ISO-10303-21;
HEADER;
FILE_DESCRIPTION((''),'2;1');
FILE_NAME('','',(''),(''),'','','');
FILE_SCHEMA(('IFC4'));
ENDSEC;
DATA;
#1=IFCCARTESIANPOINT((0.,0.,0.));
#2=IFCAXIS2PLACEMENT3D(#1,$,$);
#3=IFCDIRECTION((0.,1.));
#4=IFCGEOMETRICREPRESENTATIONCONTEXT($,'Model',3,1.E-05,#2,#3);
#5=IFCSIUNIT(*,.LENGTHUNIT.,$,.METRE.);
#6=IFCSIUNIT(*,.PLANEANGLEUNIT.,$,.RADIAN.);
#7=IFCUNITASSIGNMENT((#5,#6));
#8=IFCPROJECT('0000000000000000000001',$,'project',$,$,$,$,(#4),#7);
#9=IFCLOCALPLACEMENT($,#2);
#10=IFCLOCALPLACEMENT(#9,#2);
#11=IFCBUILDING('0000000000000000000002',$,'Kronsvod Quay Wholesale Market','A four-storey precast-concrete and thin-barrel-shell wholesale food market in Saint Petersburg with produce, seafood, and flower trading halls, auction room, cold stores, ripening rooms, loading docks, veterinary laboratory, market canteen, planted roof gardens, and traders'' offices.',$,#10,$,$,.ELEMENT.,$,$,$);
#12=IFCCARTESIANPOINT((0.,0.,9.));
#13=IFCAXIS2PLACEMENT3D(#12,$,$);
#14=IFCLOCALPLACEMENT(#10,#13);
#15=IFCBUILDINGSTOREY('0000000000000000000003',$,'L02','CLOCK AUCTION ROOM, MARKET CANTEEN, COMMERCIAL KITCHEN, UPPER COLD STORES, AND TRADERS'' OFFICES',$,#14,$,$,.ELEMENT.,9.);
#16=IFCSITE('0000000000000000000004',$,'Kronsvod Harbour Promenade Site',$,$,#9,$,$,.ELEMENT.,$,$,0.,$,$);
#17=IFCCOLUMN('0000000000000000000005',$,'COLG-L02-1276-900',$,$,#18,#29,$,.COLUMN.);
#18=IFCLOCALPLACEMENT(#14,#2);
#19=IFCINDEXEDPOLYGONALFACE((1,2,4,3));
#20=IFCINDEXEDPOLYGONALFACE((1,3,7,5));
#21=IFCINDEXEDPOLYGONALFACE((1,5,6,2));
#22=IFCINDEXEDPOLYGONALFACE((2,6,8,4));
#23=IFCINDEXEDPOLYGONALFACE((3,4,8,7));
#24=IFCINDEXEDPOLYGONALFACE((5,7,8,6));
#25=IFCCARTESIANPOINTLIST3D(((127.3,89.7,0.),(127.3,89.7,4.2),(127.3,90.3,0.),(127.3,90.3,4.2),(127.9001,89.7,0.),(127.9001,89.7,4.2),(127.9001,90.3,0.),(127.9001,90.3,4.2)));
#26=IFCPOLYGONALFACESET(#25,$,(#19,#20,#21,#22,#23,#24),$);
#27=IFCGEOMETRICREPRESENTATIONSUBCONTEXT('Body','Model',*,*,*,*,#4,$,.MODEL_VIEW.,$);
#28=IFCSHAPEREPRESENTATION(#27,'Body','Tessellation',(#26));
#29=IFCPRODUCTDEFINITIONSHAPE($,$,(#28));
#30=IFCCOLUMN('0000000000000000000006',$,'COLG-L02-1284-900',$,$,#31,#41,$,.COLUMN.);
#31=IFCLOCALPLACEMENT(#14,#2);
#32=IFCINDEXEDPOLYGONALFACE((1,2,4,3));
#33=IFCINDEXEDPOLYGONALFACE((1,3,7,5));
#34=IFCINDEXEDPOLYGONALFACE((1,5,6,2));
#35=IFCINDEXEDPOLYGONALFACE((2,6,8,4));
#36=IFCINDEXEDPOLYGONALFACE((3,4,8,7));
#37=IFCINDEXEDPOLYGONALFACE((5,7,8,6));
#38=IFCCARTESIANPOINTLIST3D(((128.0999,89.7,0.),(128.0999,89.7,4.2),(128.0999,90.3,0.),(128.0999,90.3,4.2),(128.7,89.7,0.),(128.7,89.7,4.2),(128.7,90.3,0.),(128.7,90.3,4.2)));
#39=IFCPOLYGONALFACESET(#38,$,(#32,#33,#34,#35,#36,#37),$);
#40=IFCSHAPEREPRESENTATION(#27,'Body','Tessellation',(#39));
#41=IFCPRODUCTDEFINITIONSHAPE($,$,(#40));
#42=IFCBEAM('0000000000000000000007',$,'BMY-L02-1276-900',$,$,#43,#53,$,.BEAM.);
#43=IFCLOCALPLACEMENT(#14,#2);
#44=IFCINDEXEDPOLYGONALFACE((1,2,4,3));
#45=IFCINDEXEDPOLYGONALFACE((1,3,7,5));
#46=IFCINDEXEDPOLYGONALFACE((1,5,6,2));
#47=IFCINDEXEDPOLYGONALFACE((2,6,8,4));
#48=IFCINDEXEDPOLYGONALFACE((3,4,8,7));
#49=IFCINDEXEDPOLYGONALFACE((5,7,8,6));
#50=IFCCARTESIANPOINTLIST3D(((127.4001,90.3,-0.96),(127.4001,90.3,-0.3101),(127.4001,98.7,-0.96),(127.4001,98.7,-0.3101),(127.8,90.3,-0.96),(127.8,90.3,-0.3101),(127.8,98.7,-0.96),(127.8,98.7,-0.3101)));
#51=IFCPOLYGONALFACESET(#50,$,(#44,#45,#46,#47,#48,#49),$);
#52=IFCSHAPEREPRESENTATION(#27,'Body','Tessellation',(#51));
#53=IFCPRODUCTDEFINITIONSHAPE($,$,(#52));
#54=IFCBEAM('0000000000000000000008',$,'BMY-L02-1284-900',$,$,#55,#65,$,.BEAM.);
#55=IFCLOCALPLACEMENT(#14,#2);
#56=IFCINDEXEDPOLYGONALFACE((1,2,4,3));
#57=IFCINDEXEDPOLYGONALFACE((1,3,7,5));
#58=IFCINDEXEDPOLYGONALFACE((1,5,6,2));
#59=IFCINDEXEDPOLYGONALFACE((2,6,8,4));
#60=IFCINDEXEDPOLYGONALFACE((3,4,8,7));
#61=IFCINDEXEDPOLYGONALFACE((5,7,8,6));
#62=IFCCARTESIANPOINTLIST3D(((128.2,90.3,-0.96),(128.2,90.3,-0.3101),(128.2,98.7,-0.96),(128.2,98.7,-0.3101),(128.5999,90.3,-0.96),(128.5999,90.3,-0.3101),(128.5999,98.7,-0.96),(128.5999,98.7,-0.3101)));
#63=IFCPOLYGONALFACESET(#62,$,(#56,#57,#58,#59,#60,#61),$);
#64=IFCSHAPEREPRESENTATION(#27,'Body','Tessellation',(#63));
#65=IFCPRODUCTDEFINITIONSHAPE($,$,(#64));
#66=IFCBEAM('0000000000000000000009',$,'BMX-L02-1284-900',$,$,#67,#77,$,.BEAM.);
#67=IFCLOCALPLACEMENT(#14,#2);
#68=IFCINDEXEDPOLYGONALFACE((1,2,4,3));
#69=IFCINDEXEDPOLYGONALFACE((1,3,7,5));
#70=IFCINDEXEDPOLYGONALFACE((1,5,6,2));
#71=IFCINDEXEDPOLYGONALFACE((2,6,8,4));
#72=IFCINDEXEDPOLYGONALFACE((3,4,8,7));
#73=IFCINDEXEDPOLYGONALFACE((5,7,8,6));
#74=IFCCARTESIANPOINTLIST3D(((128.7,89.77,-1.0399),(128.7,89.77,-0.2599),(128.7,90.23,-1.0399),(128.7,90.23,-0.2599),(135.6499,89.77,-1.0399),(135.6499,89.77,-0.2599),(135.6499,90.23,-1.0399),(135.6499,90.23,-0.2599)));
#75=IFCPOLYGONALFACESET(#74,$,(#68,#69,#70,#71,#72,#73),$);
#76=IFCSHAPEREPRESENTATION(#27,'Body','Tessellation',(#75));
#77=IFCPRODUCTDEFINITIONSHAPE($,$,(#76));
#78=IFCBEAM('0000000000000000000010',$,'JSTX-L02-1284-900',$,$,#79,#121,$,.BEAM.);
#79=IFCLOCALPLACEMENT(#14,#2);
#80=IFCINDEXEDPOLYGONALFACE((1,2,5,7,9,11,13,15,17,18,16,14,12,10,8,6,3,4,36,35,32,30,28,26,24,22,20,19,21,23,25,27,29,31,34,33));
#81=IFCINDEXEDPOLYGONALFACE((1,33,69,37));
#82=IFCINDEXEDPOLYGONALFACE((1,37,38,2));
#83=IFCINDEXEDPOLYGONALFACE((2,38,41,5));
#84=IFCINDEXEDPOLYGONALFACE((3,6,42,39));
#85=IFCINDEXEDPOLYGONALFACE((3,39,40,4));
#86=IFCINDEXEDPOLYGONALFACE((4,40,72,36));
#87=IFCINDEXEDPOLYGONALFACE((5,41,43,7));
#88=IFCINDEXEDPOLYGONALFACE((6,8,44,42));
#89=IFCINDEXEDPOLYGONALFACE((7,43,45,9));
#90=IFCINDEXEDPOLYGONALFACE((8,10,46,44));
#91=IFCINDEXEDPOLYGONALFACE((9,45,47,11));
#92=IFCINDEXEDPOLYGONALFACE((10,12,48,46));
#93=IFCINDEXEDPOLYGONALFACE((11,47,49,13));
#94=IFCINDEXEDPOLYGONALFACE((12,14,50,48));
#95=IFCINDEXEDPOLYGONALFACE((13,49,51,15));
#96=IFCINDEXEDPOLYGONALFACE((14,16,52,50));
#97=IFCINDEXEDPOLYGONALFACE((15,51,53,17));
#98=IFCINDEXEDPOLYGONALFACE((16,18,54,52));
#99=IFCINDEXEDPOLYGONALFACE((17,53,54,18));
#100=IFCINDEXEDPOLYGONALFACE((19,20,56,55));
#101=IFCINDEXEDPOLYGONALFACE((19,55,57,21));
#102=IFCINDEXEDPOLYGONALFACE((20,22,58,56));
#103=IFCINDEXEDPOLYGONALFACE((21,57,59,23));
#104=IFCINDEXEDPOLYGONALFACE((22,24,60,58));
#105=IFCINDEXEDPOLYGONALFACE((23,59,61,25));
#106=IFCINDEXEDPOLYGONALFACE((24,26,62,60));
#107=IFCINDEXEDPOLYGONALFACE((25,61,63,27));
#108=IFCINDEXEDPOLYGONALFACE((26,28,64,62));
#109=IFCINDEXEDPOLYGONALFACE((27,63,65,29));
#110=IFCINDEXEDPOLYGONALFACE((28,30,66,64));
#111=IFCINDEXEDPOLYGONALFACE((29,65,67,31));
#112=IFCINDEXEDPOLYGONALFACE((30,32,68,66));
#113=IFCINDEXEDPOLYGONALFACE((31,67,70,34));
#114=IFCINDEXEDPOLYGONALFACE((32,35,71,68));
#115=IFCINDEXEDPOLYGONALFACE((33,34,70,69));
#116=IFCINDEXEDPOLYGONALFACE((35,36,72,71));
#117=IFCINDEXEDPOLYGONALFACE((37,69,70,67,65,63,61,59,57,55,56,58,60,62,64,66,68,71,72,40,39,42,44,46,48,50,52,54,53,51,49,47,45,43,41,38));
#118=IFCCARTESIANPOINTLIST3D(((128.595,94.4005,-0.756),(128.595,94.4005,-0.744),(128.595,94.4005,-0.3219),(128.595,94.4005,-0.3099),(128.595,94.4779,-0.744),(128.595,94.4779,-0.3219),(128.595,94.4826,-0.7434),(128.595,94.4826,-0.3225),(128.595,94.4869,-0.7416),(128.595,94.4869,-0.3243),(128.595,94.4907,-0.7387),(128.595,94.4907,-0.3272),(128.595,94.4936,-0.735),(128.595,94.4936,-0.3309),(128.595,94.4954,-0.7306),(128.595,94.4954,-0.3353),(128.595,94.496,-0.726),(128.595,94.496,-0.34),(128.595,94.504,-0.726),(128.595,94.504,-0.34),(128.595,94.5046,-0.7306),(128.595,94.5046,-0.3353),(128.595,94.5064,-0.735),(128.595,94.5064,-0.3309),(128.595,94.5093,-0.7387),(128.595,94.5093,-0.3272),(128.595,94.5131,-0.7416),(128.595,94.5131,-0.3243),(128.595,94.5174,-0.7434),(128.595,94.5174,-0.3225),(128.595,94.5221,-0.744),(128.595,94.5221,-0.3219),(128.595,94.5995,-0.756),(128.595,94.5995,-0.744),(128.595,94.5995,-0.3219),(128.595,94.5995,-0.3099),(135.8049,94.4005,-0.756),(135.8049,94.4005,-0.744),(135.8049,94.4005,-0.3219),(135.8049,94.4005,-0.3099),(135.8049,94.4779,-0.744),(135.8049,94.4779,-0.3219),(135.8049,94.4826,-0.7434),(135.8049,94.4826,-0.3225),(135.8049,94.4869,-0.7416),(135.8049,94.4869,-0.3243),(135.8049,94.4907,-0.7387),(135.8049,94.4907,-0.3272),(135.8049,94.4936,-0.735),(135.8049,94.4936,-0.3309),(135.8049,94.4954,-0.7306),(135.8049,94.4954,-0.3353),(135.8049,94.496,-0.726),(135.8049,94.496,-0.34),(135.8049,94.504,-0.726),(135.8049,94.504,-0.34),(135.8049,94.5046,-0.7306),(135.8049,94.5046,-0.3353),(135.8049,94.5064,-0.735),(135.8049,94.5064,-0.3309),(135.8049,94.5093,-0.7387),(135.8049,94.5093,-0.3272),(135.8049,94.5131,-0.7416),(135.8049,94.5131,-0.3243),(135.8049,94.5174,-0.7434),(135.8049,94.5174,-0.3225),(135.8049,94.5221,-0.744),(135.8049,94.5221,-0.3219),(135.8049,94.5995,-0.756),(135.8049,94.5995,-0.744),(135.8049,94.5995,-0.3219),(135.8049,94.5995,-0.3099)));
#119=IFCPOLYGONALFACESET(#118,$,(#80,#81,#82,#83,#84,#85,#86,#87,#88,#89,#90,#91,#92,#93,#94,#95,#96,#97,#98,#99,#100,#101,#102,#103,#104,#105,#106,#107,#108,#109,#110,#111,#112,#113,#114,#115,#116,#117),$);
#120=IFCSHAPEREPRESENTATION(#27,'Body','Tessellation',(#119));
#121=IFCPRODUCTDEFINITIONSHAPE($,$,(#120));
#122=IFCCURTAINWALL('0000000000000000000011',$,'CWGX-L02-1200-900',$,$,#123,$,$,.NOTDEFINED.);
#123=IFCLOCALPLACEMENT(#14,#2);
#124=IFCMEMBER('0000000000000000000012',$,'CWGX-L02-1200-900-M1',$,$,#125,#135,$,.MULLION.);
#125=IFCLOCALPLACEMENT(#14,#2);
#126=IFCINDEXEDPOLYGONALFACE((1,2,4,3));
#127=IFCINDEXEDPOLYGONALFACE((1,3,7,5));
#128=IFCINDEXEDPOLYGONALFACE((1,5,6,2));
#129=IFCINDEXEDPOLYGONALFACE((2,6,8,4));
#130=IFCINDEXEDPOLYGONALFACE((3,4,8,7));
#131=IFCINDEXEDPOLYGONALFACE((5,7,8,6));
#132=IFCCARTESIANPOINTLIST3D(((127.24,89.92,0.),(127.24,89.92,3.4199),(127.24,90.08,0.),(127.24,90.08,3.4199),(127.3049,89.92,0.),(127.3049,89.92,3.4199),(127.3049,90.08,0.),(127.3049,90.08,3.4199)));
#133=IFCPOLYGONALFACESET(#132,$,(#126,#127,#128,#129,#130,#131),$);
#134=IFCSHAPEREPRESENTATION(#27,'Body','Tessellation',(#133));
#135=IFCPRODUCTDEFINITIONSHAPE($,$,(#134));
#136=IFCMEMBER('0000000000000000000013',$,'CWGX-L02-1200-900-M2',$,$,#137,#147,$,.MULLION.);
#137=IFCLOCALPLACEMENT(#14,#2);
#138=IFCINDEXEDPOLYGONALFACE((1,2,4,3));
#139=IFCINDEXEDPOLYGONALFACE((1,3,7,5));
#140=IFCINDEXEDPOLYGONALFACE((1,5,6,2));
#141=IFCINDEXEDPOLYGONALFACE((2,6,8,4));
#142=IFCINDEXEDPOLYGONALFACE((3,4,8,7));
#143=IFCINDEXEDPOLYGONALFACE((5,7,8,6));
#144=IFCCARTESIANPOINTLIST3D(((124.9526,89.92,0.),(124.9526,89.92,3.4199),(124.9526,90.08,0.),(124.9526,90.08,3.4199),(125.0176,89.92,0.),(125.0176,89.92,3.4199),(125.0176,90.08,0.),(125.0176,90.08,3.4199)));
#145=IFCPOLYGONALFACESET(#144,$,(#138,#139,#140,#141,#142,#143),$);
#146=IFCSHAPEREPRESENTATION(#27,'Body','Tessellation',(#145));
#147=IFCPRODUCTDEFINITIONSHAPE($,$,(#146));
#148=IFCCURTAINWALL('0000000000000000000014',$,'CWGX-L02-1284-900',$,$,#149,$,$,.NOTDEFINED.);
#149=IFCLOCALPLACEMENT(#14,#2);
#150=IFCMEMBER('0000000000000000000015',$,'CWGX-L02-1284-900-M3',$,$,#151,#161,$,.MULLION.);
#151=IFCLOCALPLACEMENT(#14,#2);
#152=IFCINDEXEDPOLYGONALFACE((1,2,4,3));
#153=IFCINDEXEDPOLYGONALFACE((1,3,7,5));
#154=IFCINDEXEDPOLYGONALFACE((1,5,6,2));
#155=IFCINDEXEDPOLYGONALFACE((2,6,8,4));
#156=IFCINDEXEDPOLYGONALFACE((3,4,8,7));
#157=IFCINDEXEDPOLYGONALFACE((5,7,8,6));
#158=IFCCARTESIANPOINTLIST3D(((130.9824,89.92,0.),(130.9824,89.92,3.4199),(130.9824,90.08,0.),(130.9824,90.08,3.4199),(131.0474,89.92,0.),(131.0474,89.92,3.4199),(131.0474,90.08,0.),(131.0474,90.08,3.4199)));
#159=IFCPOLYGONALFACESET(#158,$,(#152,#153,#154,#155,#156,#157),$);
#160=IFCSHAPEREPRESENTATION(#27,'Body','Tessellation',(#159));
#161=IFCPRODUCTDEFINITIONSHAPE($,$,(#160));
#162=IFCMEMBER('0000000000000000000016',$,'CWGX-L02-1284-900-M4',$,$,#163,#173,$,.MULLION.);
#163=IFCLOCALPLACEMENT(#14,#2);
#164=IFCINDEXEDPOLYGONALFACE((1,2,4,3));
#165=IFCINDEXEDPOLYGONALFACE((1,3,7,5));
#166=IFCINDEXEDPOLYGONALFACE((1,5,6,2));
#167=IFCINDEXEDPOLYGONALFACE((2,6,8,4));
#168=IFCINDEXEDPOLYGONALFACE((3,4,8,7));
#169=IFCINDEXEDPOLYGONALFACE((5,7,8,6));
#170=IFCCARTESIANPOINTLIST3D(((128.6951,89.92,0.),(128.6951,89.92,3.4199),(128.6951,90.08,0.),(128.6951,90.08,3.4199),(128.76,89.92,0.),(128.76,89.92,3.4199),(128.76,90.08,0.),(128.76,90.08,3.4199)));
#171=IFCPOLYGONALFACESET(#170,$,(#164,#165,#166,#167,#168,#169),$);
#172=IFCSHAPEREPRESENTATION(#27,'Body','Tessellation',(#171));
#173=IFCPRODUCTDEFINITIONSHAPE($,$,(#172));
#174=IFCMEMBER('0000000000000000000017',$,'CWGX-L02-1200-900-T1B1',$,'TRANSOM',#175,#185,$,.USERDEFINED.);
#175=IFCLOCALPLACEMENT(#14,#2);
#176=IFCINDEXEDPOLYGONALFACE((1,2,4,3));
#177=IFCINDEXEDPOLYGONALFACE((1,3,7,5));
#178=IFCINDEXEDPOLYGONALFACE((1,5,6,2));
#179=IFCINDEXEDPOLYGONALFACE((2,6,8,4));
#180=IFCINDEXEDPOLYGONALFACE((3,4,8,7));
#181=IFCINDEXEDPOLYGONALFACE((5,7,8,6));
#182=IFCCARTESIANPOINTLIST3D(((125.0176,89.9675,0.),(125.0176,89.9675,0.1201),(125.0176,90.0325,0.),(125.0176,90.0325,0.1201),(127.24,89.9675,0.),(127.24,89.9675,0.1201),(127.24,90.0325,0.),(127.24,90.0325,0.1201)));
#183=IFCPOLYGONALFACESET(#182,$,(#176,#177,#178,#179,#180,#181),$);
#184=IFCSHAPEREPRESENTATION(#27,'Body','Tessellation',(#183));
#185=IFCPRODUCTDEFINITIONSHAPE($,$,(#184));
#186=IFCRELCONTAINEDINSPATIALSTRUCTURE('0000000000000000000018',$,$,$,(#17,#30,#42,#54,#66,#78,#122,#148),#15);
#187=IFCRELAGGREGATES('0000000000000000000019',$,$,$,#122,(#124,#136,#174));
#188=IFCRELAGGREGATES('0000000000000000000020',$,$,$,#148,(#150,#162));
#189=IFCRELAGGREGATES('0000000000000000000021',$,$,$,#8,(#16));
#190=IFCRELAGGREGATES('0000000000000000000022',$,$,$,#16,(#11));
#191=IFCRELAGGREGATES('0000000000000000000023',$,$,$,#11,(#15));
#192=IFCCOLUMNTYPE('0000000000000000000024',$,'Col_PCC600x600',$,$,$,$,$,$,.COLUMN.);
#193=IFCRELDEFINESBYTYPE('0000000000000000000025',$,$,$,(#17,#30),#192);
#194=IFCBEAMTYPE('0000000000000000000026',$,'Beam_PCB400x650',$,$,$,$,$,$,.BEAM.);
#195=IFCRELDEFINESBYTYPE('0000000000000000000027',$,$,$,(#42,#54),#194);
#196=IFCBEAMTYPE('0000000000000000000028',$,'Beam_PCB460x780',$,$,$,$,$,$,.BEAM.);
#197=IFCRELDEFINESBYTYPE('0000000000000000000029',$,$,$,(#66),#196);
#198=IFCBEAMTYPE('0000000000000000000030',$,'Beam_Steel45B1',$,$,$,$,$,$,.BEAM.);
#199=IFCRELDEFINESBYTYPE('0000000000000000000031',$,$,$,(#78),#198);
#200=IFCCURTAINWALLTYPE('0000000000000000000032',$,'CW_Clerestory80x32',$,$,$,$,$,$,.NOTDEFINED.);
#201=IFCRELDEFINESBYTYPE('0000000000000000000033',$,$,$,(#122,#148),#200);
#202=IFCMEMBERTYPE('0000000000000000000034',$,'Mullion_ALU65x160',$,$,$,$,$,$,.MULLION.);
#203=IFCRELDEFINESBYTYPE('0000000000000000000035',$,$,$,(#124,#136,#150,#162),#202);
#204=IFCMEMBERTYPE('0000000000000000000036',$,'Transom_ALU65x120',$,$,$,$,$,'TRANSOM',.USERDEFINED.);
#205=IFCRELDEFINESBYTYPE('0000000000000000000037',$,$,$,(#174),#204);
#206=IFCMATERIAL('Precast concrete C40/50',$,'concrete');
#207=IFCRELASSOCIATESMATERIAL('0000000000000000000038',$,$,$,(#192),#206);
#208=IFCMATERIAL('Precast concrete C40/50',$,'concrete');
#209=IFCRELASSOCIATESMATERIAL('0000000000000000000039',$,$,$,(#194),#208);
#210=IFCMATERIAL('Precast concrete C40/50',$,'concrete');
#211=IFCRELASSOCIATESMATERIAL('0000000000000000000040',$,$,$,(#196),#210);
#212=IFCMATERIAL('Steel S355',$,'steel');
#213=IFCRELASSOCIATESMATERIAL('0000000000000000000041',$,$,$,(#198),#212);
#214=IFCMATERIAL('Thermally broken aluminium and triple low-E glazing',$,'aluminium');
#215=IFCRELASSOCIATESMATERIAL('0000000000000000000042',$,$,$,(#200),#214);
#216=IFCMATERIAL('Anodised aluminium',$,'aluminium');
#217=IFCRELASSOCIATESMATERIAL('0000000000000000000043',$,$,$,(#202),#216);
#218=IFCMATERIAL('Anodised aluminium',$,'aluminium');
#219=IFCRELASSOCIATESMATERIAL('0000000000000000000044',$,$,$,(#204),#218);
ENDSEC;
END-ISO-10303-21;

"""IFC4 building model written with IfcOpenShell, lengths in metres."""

from ifc_helpers import new_model, si_unit, direction, frame, origin, origin_2d, place, context, subcontext, project, spatial, rectangle, i_section, extrude, material, material_profile, profile_set, type_object, element, aggregate, save


model = new_model("IFC4")

# Units and contexts
model_context = context("Model", 3, precision=1e-05, world=origin(), true_north=direction((0.0, 1.0)))
body_context = subcontext(model_context, "Body", "Model", "MODEL_VIEW")
ifc_project = project(units=[si_unit("LENGTHUNIT", "METRE"), si_unit("PLANEANGLEUNIT", "RADIAN")], contexts=[model_context])

# Site, building, storey
site_placement = place(None, origin())
site = spatial("IfcSite", under=ifc_project, at=site_placement, Name="Kronsvod Harbour Promenade Site", CompositionType="ELEMENT", RefElevation=0.0)
building_placement = place(site_placement, origin())
building = spatial("IfcBuilding", under=site, at=building_placement, Name="Kronsvod Quay Wholesale Market", Description="A four-storey precast-concrete and thin-barrel-shell wholesale food market in Saint Petersburg with produce, seafood, and flower trading halls, auction room, cold stores, ripening rooms, loading docks, veterinary laboratory, market canteen, planted roof gardens, and traders' offices.", CompositionType="ELEMENT")
storey_placement = place(building_placement, frame((0.0, 0.0, 9.0)))
storey = spatial("IfcBuildingStorey", under=building, at=storey_placement, Name="L02", Description="CLOCK AUCTION ROOM, MARKET CANTEEN, COMMERCIAL KITCHEN, UPPER COLD STORES, AND TRADERS' OFFICES", CompositionType="ELEMENT", Elevation=9.0)

# Columns
ifc_material_1 = material(Name="Precast concrete C40/50", Category="concrete")
ifc_material_profile_1 = material_profile(ifc_material_1, rectangle(XDim=0.6001, YDim=0.6001, at=origin_2d()), Name="PCC600x600")
ifc_profile_set_1 = profile_set([ifc_material_profile_1], Name="Precast concrete C40/50")
column_type = type_object("IfcColumnType", Name="Col_PCC600x600", PredefinedType="COLUMN", material=ifc_profile_set_1)
for number, where, z_axis, x_axis, name in (
    (1, (127.6001, 90.0, 0.0), (0.0, 0.0, 1.0), (1.0, 0.0, 0.0), "COLG-L02-1276-900"),
    (2, (128.3999, 90.0, 0.0), (0.0, 0.0, 1.0), (1.0, 0.0, 0.0), "COLG-L02-1284-900"),
):
    element("IfcColumn", number, at=place(storey_placement, frame(where, z_axis=z_axis, x_axis=x_axis)), inside=storey, type_object=column_type, Name=name, PredefinedType="COLUMN", context=body_context, shape_type="SweptSolid", body=[
        extrude(rectangle(XDim=0.6001, YDim=0.6001, at=origin_2d()), origin(), (0.0, 0.0, 1.0), 4.2),
    ])

# Beams
ifc_material_2 = material(Name="Precast concrete C40/50", Category="concrete")
ifc_material_profile_2 = material_profile(ifc_material_2, rectangle(XDim=0.3999, YDim=0.6499, at=origin_2d()), Name="PCB400x650")
ifc_profile_set_2 = profile_set([ifc_material_profile_2], Name="Precast concrete C40/50")
beam_type_1 = type_object("IfcBeamType", Name="Beam_PCB400x650", PredefinedType="BEAM", material=ifc_profile_set_2)
for number, where, z_axis, x_axis, name in (
    (3, (127.6001, 90.3, -0.635), (0.0, 1.0, 0.0), (-1.0, 0.0, 0.0), "BMY-L02-1276-900"),
    (4, (128.3999, 90.3, -0.635), (0.0, 1.0, 0.0), (-1.0, 0.0, 0.0), "BMY-L02-1284-900"),
):
    element("IfcBeam", number, at=place(storey_placement, frame(where, z_axis=z_axis, x_axis=x_axis)), inside=storey, type_object=beam_type_1, Name=name, PredefinedType="BEAM", context=body_context, shape_type="SweptSolid", body=[
        extrude(rectangle(XDim=0.3999, YDim=0.6499, at=origin_2d()), origin(), (0.0, 0.0, 1.0), 8.3999),
    ])
ifc_material_3 = material(Name="Precast concrete C40/50", Category="concrete")
ifc_material_profile_3 = material_profile(ifc_material_3, rectangle(XDim=0.46, YDim=0.78, at=origin_2d()), Name="PB-03")
ifc_profile_set_3 = profile_set([ifc_material_profile_3], Name="Precast concrete C40/50")
beam_type_2 = type_object("IfcBeamType", Name="Beam_PCB460x780", PredefinedType="BEAM", material=ifc_profile_set_3)
beam_1_placement = place(storey_placement, frame((128.7, 90.0, -0.6499), z_axis=(1.0, 0.0, 0.0), x_axis=(0.0, 1.0, 0.0)))
element("IfcBeam", 5, at=beam_1_placement, inside=storey, type_object=beam_type_2, Name="BMX-L02-1284-900", PredefinedType="BEAM", context=body_context, shape_type="SweptSolid", body=[
    extrude(rectangle(XDim=0.46, YDim=0.78, at=origin_2d()), origin(), (0.0, 0.0, 1.0), 6.95),
])
ifc_material_4 = material(Name="Steel S355", Category="steel")
ifc_material_profile_4 = material_profile(ifc_material_4, i_section(OverallWidth=0.199, OverallDepth=0.446, WebThickness=0.0081, FlangeThickness=0.012, FilletRadius=0.0181, at=origin_2d()), Name="45B1")
ifc_profile_set_4 = profile_set([ifc_material_profile_4], Name="Steel S355")
beam_type_3 = type_object("IfcBeamType", Name="Beam_Steel45B1", PredefinedType="BEAM", material=ifc_profile_set_4)
beam_2_placement = place(storey_placement, frame((128.595, 94.5, -0.533), z_axis=(1.0, 0.0, 0.0), x_axis=(0.0, 1.0, 0.0)))
element("IfcBeam", 6, at=beam_2_placement, inside=storey, type_object=beam_type_3, Name="JSTX-L02-1284-900", PredefinedType="BEAM", context=body_context, shape_type="SweptSolid", body=[
    extrude(i_section(OverallWidth=0.199, OverallDepth=0.446, WebThickness=0.0081, FlangeThickness=0.012, FilletRadius=0.0181, at=origin_2d()), origin(), (0.0, 0.0, 1.0), 7.21),
])

# Curtain walls, members
ifc_material_5 = material(Name="Thermally broken aluminium and triple low-E glazing", Category="aluminium")
curtain_wall_type = type_object("IfcCurtainWallType", Name="CW_Clerestory80x32", PredefinedType="NOTDEFINED", material=ifc_material_5)
curtain_wall_1_placement = place(storey_placement, origin())
curtain_wall_1 = element("IfcCurtainWall", 7, at=curtain_wall_1_placement, inside=storey, type_object=curtain_wall_type, Name="CWGX-L02-1200-900", PredefinedType="NOTDEFINED")
ifc_material_6 = material(Name="Anodised aluminium", Category="aluminium")
ifc_material_profile_5 = material_profile(ifc_material_6, rectangle(XDim=0.0649, YDim=0.1599, at=origin_2d()), Name="ALUM65x160")
ifc_profile_set_5 = profile_set([ifc_material_profile_5], Name="Anodised aluminium")
member_type_1 = type_object("IfcMemberType", Name="Mullion_ALU65x160", PredefinedType="MULLION", material=ifc_profile_set_5)
member_1_placement = place(storey_placement, frame((127.2725, 90.0, 0.0), z_axis=(0.0, 0.0, 1.0), x_axis=(1.0, 0.0, 0.0)))
member_1 = element("IfcMember", 8, at=member_1_placement, type_object=member_type_1, Name="CWGX-L02-1200-900-M1", PredefinedType="MULLION", context=body_context, shape_type="SweptSolid", body=[
    extrude(rectangle(XDim=0.0649, YDim=0.1599, at=origin_2d()), origin(), (0.0, 0.0, 1.0), 3.4199),
])
member_2_placement = place(storey_placement, frame((124.9851, 90.0, 0.0), z_axis=(0.0, 0.0, 1.0), x_axis=(1.0, 0.0, 0.0)))
member_2 = element("IfcMember", 9, at=member_2_placement, type_object=member_type_1, Name="CWGX-L02-1200-900-M2", PredefinedType="MULLION", context=body_context, shape_type="SweptSolid", body=[
    extrude(rectangle(XDim=0.0649, YDim=0.1599, at=origin_2d()), origin(), (0.0, 0.0, 1.0), 3.4199),
])
curtain_wall_2_placement = place(storey_placement, origin())
curtain_wall_2 = element("IfcCurtainWall", 10, at=curtain_wall_2_placement, inside=storey, type_object=curtain_wall_type, Name="CWGX-L02-1284-900", PredefinedType="NOTDEFINED")
member_3_placement = place(storey_placement, frame((131.0149, 90.0, 0.0), z_axis=(0.0, 0.0, 1.0), x_axis=(1.0, 0.0, 0.0)))
member_3 = element("IfcMember", 11, at=member_3_placement, type_object=member_type_1, Name="CWGX-L02-1284-900-M3", PredefinedType="MULLION", context=body_context, shape_type="SweptSolid", body=[
    extrude(rectangle(XDim=0.0649, YDim=0.1599, at=origin_2d()), origin(), (0.0, 0.0, 1.0), 3.4199),
])
member_4_placement = place(storey_placement, frame((128.7275, 90.0, 0.0), z_axis=(0.0, 0.0, 1.0), x_axis=(1.0, 0.0, 0.0)))
member_4 = element("IfcMember", 12, at=member_4_placement, type_object=member_type_1, Name="CWGX-L02-1284-900-M4", PredefinedType="MULLION", context=body_context, shape_type="SweptSolid", body=[
    extrude(rectangle(XDim=0.0649, YDim=0.1599, at=origin_2d()), origin(), (0.0, 0.0, 1.0), 3.4199),
])

# Member
ifc_material_7 = material(Name="Anodised aluminium", Category="aluminium")
ifc_material_profile_6 = material_profile(ifc_material_7, rectangle(XDim=0.0649, YDim=0.1201, at=origin_2d()), Name="ALUT65x120")
ifc_profile_set_6 = profile_set([ifc_material_profile_6], Name="Anodised aluminium")
member_type_2 = type_object("IfcMemberType", Name="Transom_ALU65x120", ElementType="TRANSOM", PredefinedType="USERDEFINED", material=ifc_profile_set_6)
member_5_placement = place(storey_placement, frame((127.24, 90.0, 0.0601), z_axis=(-1.0, 0.0, 0.0), x_axis=(0.0, -1.0, 0.0)))
member_5 = element("IfcMember", 13, at=member_5_placement, type_object=member_type_2, Name="CWGX-L02-1200-900-T1B1", ObjectType="TRANSOM", PredefinedType="USERDEFINED", context=body_context, shape_type="SweptSolid", body=[
    extrude(rectangle(XDim=0.0649, YDim=0.1201, at=origin_2d()), origin(), (0.0, 0.0, 1.0), 2.2224),
])

aggregate(curtain_wall_1, [member_1, member_2, member_5])
aggregate(curtain_wall_2, [member_3, member_4])

save(model, "model.ifc")
